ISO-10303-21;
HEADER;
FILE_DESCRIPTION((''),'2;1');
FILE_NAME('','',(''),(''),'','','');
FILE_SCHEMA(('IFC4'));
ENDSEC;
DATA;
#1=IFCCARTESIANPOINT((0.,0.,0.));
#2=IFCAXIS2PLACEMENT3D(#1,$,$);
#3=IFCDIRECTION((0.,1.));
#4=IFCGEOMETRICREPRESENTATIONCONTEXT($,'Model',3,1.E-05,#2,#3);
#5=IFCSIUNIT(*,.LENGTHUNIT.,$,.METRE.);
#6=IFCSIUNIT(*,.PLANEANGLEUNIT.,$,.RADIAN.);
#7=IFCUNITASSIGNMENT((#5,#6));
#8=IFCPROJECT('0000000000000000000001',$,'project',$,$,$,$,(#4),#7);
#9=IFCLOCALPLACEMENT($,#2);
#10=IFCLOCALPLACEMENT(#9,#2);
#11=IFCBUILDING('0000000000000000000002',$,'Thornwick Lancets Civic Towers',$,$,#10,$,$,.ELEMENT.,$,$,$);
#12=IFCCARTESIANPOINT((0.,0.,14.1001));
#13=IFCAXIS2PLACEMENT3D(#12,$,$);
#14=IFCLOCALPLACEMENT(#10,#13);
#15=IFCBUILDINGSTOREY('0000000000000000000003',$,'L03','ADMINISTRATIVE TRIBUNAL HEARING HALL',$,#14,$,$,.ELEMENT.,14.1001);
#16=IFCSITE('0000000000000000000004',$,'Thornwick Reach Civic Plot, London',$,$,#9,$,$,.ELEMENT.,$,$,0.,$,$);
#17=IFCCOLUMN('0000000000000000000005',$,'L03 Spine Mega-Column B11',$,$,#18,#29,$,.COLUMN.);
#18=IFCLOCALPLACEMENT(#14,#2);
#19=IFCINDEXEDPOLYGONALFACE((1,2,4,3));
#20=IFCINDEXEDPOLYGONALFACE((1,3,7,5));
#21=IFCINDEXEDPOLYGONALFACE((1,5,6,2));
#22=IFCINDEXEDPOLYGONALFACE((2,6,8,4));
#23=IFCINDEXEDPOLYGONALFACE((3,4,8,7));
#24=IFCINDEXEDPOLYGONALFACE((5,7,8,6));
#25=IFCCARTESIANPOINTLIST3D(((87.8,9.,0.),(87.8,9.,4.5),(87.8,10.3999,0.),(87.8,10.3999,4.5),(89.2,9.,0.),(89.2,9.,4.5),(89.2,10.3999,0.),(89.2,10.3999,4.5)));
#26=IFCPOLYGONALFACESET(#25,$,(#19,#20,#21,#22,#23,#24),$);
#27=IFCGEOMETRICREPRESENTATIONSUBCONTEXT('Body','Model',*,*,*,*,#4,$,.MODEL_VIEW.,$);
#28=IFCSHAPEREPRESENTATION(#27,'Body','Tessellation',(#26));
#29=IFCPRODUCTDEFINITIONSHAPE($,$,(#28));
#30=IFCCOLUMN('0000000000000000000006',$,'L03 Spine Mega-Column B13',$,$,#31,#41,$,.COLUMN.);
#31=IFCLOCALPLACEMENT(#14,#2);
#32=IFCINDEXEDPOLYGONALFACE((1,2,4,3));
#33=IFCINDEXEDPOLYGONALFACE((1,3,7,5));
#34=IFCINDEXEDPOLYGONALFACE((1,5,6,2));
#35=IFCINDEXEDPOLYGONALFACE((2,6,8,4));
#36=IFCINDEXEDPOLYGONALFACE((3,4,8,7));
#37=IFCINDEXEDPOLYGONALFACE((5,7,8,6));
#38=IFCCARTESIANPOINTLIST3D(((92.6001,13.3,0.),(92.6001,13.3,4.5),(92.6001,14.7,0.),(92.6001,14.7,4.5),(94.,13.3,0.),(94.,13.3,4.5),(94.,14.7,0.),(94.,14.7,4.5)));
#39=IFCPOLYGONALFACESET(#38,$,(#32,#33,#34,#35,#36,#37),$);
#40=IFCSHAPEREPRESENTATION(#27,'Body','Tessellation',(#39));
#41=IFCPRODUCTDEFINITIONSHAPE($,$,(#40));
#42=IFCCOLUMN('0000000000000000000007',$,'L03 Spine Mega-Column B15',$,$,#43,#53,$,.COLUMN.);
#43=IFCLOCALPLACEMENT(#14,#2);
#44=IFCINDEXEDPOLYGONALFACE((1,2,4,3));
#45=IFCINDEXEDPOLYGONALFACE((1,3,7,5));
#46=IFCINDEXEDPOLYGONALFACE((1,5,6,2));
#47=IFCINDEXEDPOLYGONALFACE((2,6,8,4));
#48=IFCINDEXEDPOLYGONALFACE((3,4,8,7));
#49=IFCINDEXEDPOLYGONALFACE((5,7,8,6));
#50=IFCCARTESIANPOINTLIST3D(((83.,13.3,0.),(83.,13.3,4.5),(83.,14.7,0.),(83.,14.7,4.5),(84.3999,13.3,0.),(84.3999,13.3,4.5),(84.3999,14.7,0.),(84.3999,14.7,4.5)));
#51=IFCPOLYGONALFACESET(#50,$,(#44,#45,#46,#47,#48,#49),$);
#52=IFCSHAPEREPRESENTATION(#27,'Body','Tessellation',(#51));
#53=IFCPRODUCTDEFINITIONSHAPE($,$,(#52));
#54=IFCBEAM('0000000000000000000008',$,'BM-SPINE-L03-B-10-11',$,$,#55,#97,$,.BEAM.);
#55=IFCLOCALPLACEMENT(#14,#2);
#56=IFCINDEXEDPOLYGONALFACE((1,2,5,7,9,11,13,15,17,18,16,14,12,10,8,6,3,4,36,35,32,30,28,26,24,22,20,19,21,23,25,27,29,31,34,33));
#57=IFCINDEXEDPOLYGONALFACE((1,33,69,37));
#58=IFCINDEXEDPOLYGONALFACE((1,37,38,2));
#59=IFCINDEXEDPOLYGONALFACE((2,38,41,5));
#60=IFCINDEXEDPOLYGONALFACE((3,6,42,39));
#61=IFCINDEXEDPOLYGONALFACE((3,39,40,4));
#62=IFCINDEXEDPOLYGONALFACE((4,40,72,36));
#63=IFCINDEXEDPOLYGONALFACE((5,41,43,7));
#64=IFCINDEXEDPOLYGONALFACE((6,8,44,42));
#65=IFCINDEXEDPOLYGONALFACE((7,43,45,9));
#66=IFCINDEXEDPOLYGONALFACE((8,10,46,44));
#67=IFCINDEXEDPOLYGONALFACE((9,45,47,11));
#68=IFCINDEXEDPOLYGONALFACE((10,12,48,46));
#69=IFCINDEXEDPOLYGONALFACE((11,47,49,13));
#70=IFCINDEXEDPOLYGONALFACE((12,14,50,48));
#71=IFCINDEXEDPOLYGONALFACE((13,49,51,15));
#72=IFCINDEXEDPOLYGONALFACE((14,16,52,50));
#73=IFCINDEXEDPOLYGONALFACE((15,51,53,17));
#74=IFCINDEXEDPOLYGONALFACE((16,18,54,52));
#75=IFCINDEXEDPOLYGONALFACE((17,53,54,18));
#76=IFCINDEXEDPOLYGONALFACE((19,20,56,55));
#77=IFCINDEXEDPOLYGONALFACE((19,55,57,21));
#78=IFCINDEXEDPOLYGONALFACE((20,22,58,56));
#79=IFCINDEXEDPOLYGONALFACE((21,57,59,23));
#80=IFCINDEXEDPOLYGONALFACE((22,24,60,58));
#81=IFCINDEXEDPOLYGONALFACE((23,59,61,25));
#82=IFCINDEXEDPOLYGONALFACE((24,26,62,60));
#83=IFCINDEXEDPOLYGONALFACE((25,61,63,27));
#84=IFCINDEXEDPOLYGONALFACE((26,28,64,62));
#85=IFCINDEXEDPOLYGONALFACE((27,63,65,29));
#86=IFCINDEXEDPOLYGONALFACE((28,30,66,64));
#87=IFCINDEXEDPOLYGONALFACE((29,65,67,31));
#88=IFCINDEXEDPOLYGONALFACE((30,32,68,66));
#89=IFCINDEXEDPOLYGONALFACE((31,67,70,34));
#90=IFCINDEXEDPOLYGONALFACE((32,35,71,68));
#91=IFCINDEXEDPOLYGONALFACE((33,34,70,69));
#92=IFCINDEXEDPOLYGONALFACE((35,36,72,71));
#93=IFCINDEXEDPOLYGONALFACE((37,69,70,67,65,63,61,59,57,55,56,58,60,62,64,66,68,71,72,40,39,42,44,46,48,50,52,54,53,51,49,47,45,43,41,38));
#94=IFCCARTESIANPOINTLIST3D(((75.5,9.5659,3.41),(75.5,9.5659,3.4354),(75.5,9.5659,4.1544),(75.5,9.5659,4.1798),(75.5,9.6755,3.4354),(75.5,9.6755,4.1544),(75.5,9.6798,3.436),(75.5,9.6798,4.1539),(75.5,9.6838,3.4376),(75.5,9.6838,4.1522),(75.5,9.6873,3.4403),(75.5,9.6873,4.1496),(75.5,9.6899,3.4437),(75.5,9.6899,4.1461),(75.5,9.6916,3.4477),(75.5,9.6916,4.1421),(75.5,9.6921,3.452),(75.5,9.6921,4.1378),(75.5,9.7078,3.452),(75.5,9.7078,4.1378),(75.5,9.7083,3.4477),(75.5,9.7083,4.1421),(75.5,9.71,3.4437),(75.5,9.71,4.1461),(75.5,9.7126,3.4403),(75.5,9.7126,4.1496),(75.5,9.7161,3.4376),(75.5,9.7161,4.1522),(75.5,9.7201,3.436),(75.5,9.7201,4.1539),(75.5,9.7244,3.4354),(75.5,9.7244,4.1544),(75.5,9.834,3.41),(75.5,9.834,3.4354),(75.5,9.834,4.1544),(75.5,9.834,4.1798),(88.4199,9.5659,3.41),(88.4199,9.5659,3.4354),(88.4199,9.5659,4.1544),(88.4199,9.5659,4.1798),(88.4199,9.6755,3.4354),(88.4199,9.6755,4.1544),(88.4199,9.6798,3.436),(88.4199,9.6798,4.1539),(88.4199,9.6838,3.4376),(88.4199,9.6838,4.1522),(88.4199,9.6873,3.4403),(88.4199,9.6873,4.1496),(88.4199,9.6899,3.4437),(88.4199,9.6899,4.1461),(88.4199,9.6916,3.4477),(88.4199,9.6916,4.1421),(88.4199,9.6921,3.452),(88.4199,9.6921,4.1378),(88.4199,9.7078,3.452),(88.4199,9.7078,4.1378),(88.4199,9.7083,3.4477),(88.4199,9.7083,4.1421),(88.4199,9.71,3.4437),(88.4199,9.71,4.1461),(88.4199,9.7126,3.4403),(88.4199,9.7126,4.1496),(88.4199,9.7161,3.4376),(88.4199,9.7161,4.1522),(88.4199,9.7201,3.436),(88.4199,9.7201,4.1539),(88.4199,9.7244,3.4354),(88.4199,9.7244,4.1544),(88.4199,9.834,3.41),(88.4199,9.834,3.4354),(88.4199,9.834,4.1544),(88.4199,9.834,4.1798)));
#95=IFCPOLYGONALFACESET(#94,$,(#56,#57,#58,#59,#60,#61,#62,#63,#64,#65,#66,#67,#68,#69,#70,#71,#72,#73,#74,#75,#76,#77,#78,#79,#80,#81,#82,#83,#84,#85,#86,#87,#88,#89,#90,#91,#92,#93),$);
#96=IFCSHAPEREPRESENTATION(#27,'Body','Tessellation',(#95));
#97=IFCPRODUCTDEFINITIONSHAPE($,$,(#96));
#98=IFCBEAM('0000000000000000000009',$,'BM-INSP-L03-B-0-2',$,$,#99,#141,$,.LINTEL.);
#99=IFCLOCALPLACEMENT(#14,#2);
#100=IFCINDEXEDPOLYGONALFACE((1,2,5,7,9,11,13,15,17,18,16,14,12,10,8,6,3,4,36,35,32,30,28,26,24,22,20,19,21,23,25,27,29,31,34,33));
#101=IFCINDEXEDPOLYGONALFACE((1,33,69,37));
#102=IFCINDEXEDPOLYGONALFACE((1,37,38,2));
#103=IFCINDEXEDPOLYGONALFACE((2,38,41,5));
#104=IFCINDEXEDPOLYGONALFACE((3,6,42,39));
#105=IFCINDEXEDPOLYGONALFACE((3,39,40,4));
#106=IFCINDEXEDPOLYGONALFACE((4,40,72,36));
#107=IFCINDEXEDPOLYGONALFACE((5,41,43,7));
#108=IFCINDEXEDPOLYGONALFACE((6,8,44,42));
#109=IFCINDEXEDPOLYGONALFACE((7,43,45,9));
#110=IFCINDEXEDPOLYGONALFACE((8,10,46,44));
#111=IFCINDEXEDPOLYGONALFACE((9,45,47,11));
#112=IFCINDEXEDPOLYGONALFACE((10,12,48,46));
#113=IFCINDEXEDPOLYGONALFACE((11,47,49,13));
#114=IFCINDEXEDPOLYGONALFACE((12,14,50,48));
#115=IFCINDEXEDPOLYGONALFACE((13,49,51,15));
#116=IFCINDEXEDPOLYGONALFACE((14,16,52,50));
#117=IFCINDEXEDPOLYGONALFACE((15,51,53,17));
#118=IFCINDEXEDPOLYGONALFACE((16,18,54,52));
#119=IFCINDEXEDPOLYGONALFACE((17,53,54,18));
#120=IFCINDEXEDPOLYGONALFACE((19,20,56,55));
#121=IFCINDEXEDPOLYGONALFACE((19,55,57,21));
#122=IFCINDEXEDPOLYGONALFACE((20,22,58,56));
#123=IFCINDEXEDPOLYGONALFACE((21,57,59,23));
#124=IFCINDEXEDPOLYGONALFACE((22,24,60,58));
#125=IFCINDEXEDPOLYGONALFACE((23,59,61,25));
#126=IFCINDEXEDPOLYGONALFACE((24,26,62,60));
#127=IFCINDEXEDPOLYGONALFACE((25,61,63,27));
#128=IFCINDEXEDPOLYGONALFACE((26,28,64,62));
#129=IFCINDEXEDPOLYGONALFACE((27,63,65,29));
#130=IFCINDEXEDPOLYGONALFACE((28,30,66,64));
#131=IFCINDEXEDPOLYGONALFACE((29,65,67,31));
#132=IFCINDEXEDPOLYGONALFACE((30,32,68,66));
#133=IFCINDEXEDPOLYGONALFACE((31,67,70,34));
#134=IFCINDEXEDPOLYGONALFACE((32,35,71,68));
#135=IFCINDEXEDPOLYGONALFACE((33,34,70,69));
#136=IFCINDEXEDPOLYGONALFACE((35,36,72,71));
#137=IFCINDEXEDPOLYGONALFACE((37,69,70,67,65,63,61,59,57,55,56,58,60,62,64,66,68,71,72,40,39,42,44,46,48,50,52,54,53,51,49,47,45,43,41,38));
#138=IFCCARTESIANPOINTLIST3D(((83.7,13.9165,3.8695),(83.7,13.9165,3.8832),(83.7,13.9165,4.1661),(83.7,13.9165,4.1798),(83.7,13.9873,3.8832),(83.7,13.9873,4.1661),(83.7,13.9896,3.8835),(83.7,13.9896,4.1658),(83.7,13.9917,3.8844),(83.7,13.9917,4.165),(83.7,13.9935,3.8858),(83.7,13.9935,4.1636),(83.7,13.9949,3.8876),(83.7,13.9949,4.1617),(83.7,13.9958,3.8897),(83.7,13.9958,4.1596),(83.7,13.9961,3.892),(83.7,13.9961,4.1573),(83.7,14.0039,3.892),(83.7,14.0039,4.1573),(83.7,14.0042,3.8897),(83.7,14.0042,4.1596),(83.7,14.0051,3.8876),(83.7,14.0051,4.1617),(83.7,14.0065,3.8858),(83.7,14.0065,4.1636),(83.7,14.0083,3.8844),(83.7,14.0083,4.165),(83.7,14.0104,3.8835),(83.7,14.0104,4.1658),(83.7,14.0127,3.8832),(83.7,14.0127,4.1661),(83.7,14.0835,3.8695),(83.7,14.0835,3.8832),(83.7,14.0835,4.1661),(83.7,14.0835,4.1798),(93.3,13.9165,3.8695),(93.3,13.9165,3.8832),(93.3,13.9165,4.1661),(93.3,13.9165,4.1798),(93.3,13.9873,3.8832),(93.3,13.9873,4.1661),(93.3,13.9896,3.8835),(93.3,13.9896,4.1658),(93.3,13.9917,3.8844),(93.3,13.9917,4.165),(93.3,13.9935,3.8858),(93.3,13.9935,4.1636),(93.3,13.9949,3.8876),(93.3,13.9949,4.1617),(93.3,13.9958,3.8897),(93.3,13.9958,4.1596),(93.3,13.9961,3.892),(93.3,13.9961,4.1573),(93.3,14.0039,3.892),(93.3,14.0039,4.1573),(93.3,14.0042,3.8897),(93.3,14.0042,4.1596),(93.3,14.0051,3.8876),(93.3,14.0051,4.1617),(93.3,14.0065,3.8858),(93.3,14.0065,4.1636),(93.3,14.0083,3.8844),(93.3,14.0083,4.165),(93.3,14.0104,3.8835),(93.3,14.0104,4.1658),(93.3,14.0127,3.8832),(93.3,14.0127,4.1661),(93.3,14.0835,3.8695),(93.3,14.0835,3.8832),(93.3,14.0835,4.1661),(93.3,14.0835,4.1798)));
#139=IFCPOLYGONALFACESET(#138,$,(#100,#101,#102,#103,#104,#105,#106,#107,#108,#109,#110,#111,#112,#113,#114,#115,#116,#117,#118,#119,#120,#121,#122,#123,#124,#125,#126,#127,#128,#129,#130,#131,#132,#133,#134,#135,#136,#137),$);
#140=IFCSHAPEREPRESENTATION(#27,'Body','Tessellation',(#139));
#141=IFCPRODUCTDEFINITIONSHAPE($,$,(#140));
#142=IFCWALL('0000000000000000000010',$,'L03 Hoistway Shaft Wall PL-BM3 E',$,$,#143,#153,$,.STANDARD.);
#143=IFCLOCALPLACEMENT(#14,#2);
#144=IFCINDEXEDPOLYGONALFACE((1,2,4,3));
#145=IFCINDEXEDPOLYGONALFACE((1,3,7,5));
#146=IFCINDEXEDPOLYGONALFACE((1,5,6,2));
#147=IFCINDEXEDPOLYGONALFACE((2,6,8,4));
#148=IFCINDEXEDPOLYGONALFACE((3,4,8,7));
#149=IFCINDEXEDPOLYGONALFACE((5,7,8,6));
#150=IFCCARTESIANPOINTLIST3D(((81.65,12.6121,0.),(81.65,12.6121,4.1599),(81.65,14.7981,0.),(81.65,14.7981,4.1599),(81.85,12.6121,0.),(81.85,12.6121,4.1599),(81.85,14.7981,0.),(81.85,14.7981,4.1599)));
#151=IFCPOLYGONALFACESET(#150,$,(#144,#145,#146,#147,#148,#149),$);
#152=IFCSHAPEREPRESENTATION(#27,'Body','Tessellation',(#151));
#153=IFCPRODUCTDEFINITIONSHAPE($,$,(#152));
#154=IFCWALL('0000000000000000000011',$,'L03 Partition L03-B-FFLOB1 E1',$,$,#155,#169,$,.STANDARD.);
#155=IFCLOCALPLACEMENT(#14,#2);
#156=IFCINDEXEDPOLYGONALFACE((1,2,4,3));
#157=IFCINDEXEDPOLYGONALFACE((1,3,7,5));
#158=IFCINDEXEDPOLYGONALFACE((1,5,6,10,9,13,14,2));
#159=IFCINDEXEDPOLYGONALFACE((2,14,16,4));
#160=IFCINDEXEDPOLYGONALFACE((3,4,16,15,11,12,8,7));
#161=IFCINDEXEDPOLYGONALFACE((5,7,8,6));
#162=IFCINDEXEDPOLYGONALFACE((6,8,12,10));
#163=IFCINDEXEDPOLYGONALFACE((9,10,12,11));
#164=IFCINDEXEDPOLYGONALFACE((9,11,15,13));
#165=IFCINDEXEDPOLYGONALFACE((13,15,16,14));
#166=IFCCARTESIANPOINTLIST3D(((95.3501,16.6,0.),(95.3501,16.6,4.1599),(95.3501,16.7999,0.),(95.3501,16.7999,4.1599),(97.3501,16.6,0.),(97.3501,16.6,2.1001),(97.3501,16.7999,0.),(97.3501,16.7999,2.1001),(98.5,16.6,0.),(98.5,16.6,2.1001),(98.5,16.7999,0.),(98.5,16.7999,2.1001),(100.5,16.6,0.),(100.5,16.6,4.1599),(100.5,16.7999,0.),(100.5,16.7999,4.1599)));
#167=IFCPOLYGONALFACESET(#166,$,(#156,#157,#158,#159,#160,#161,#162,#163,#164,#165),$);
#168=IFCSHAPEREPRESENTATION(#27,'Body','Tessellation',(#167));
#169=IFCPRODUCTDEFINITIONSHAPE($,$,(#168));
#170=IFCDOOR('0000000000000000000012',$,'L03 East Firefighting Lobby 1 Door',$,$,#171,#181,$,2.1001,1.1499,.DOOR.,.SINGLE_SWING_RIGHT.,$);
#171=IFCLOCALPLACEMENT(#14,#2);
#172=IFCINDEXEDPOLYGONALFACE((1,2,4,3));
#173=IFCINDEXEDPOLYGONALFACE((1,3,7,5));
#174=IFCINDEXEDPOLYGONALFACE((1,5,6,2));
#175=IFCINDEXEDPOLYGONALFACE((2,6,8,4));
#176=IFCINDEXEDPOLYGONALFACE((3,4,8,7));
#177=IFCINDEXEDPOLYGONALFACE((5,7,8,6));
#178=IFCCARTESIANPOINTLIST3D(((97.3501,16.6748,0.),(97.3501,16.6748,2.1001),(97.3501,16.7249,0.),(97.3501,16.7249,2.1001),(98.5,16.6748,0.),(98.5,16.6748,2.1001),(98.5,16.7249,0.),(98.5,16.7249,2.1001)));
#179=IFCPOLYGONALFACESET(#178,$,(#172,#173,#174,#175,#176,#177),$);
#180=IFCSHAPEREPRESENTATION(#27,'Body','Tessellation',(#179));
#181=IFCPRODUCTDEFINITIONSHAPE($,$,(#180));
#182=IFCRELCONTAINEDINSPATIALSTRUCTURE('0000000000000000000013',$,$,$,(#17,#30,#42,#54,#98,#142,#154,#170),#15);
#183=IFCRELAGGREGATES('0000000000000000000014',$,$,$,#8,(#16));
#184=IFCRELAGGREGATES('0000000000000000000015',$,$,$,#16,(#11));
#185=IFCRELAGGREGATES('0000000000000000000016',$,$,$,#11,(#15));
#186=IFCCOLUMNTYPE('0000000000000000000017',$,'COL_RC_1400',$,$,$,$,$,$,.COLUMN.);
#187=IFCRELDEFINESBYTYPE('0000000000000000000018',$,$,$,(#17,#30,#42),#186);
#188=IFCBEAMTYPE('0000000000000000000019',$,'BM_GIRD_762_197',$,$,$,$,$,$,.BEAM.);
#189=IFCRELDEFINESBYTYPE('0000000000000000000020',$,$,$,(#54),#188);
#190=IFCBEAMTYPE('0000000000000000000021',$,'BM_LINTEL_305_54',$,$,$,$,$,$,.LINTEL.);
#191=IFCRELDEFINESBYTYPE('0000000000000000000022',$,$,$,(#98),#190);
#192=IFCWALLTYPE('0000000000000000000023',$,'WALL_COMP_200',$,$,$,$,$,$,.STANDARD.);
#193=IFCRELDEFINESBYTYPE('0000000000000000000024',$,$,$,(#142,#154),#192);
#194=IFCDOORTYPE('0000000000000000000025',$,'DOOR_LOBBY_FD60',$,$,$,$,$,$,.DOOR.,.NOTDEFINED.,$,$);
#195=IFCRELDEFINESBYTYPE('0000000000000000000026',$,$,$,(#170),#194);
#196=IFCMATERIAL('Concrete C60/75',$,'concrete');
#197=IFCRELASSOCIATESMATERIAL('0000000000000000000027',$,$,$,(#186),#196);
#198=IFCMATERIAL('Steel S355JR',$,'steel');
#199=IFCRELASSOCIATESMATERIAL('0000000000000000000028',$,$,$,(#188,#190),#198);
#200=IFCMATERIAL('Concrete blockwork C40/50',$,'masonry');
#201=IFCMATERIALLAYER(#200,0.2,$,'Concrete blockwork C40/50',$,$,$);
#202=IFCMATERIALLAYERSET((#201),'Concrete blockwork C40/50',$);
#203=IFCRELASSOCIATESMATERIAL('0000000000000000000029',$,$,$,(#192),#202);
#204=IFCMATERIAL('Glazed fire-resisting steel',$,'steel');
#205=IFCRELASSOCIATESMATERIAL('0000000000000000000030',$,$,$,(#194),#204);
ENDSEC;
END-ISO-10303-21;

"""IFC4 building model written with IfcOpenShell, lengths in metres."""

from ifc_helpers import new_model, si_unit, direction, frame, frame_2d, origin, origin_2d, place, context, subcontext, project, spatial, rectangle, i_section, extrude, material, layer, layer_set, material_profile, profile_set, type_object, element, fill, save


model = new_model("IFC4")

# Units and contexts
model_context = context("Model", 3, precision=1e-05, world=origin(), true_north=direction((0.0, 1.0)))
body_context = subcontext(model_context, "Body", "Model", "MODEL_VIEW")
ifc_project = project(units=[si_unit("LENGTHUNIT", "METRE"), si_unit("PLANEANGLEUNIT", "RADIAN")], contexts=[model_context])

# Site, building, storey
site_placement = place(None, origin())
site = spatial("IfcSite", under=ifc_project, at=site_placement, Name="Thornwick Reach Civic Plot, London", CompositionType="ELEMENT", RefElevation=0.0)
building_placement = place(site_placement, origin())
building = spatial("IfcBuilding", under=site, at=building_placement, Name="Thornwick Lancets Civic Towers", CompositionType="ELEMENT")
storey_placement = place(building_placement, frame((0.0, 0.0, 14.1001)))
storey = spatial("IfcBuildingStorey", under=building, at=storey_placement, Name="L03", Description="ADMINISTRATIVE TRIBUNAL HEARING HALL", CompositionType="ELEMENT", Elevation=14.1001)

# Columns
ifc_material_1 = material(Name="Concrete C60/75", Category="concrete")
ifc_material_profile_1 = material_profile(ifc_material_1, rectangle(XDim=1.3999, YDim=1.3999, at=origin_2d()), Name="RC 1400x1400")
ifc_profile_set_1 = profile_set([ifc_material_profile_1], Name="Concrete C60/75")
column_type = type_object("IfcColumnType", Name="COL_RC_1400", PredefinedType="COLUMN", material=ifc_profile_set_1)
for number, where, z_axis, x_axis, name in (
    (1, (88.5, 9.7, 0.0), (0.0, 0.0, 1.0), (1.0, 0.0, 0.0), "L03 Spine Mega-Column B11"),
    (2, (93.3, 14.0, 0.0), (0.0, 0.0, 1.0), (1.0, 0.0, 0.0), "L03 Spine Mega-Column B13"),
    (3, (83.7, 14.0, 0.0), (0.0, 0.0, 1.0), (1.0, 0.0, 0.0), "L03 Spine Mega-Column B15"),
):
    element("IfcColumn", number, at=place(storey_placement, frame(where, z_axis=z_axis, x_axis=x_axis)), inside=storey, type_object=column_type, Name=name, PredefinedType="COLUMN", context=body_context, shape_type="SweptSolid", body=[
        extrude(rectangle(XDim=1.3999, YDim=1.3999, at=origin_2d()), origin(), (0.0, 0.0, 1.0), 4.5),
    ])

# Beams
ifc_material_2 = material(Name="Steel S355JR", Category="steel")
ifc_material_profile_2 = material_profile(ifc_material_2, i_section(OverallWidth=0.2681, OverallDepth=0.7698, WebThickness=0.0156, FlangeThickness=0.0254, FilletRadius=0.0166, at=origin_2d()), Name="UKB 762x267x197")
ifc_profile_set_2 = profile_set([ifc_material_profile_2], Name="Steel S355JR")
beam_type_1 = type_object("IfcBeamType", Name="BM_GIRD_762_197", PredefinedType="BEAM", material=ifc_profile_set_2)
beam_1_placement = place(storey_placement, frame((88.4199, 9.7, 3.7949), z_axis=(-1.0, 0.0, 0.0), x_axis=(0.0, -1.0, 0.0)))
element("IfcBeam", 4, at=beam_1_placement, inside=storey, type_object=beam_type_1, Name="BM-SPINE-L03-B-10-11", PredefinedType="BEAM", context=body_context, shape_type="SweptSolid", body=[
    extrude(i_section(OverallWidth=0.2681, OverallDepth=0.7698, WebThickness=0.0156, FlangeThickness=0.0254, FilletRadius=0.0166, at=origin_2d()), origin(), (0.0, 0.0, 1.0), 12.9199),
])
ifc_material_profile_3 = material_profile(ifc_material_2, i_section(OverallWidth=0.167, OverallDepth=0.3103, WebThickness=0.0078, FlangeThickness=0.0137, FilletRadius=0.0088, at=origin_2d()), Name="UKB 305x165x54")
ifc_profile_set_3 = profile_set([ifc_material_profile_3], Name="Steel S355JR")
beam_type_2 = type_object("IfcBeamType", Name="BM_LINTEL_305_54", PredefinedType="LINTEL", material=ifc_profile_set_3)
beam_2_placement = place(storey_placement, frame((93.3, 14.0, 4.0247), z_axis=(-1.0, 0.0, 0.0), x_axis=(0.0, -1.0, 0.0)))
element("IfcBeam", 5, at=beam_2_placement, inside=storey, type_object=beam_type_2, Name="BM-INSP-L03-B-0-2", PredefinedType="LINTEL", context=body_context, shape_type="SweptSolid", body=[
    extrude(i_section(OverallWidth=0.167, OverallDepth=0.3103, WebThickness=0.0078, FlangeThickness=0.0137, FilletRadius=0.0088, at=origin_2d()), origin(), (0.0, 0.0, 1.0), 9.6001),
])

# Wall
ifc_material_3 = material(Name="Concrete blockwork C40/50", Category="masonry")
ifc_layer_1 = layer(ifc_material_3, 0.2, Name="Concrete blockwork C40/50")
ifc_layer_set_1 = layer_set([ifc_layer_1], Name="Concrete blockwork C40/50")
wall_type_1 = type_object("IfcWallType", Name="WALL_COMP_200", PredefinedType="STANDARD", material=ifc_layer_set_1)
wall_1_placement = place(storey_placement, frame((81.75, 12.6121, 0.0), z_axis=(0.0, 0.0, 1.0), x_axis=(0.0, 1.0, 0.0)))
element("IfcWall", 6, at=wall_1_placement, inside=storey, type_object=wall_type_1, Name="L03 Hoistway Shaft Wall PL-BM3 E", PredefinedType="STANDARD", context=body_context, shape_type="SweptSolid", body=[
    extrude(rectangle(XDim=2.186, YDim=0.2, at=frame_2d((1.093, 0.0))), origin(), (0.0, 0.0, 1.0), 4.1599),
])

# Wall, opening, door
wall_2_placement = place(storey_placement, frame((95.3501, 16.7, 0.0), z_axis=(0.0, 0.0, 1.0), x_axis=(1.0, 0.0, 0.0)))
wall_2 = element("IfcWall", 7, at=wall_2_placement, inside=storey, type_object=wall_type_1, Name="L03 Partition L03-B-FFLOB1 E1", PredefinedType="STANDARD", context=body_context, shape_type="SweptSolid", body=[
    extrude(rectangle(XDim=5.1499, YDim=0.2, at=frame_2d((2.575, 0.0))), origin(), (0.0, 0.0, 1.0), 4.1599),
])
opening_1_placement = place(wall_2_placement, frame((2.0, 0.0, 0.0)))
opening_1 = element("IfcOpeningElement", 8, at=opening_1_placement, cuts=wall_2, PredefinedType="OPENING", context=body_context, shape_type="SweptSolid", body=[
    extrude(rectangle(XDim=1.1499, YDim=2.1001, at=frame_2d((0.575, 1.05))), frame((0.0, 0.1099, 0.0), z_axis=(0.0, -1.0, 0.0), x_axis=(1.0, 0.0, 0.0)), (0.0, 0.0, 1.0), 0.22),
])
ifc_material_4 = material(Name="Glazed fire-resisting steel", Category="steel")
door_type_1 = type_object("IfcDoorType", Name="DOOR_LOBBY_FD60", OperationType="NOTDEFINED", PredefinedType="DOOR", material=ifc_material_4)
door_1_placement = place(opening_1_placement, origin())
door_1 = element("IfcDoor", 9, at=door_1_placement, inside=storey, type_object=door_type_1, Name="L03 East Firefighting Lobby 1 Door", OperationType="SINGLE_SWING_RIGHT", OverallHeight=2.1001, OverallWidth=1.1499, PredefinedType="DOOR", context=body_context, shape_type="SweptSolid", body=[
    extrude(rectangle(XDim=1.1499, YDim=2.1001, at=frame_2d((0.575, 1.05))), frame((0.0, 0.0249, 0.0), z_axis=(0.0, -1.0, 0.0), x_axis=(1.0, 0.0, 0.0)), (0.0, 0.0, 1.0), 0.05),
])
fill(opening_1, door_1)

save(model, "model.ifc")
